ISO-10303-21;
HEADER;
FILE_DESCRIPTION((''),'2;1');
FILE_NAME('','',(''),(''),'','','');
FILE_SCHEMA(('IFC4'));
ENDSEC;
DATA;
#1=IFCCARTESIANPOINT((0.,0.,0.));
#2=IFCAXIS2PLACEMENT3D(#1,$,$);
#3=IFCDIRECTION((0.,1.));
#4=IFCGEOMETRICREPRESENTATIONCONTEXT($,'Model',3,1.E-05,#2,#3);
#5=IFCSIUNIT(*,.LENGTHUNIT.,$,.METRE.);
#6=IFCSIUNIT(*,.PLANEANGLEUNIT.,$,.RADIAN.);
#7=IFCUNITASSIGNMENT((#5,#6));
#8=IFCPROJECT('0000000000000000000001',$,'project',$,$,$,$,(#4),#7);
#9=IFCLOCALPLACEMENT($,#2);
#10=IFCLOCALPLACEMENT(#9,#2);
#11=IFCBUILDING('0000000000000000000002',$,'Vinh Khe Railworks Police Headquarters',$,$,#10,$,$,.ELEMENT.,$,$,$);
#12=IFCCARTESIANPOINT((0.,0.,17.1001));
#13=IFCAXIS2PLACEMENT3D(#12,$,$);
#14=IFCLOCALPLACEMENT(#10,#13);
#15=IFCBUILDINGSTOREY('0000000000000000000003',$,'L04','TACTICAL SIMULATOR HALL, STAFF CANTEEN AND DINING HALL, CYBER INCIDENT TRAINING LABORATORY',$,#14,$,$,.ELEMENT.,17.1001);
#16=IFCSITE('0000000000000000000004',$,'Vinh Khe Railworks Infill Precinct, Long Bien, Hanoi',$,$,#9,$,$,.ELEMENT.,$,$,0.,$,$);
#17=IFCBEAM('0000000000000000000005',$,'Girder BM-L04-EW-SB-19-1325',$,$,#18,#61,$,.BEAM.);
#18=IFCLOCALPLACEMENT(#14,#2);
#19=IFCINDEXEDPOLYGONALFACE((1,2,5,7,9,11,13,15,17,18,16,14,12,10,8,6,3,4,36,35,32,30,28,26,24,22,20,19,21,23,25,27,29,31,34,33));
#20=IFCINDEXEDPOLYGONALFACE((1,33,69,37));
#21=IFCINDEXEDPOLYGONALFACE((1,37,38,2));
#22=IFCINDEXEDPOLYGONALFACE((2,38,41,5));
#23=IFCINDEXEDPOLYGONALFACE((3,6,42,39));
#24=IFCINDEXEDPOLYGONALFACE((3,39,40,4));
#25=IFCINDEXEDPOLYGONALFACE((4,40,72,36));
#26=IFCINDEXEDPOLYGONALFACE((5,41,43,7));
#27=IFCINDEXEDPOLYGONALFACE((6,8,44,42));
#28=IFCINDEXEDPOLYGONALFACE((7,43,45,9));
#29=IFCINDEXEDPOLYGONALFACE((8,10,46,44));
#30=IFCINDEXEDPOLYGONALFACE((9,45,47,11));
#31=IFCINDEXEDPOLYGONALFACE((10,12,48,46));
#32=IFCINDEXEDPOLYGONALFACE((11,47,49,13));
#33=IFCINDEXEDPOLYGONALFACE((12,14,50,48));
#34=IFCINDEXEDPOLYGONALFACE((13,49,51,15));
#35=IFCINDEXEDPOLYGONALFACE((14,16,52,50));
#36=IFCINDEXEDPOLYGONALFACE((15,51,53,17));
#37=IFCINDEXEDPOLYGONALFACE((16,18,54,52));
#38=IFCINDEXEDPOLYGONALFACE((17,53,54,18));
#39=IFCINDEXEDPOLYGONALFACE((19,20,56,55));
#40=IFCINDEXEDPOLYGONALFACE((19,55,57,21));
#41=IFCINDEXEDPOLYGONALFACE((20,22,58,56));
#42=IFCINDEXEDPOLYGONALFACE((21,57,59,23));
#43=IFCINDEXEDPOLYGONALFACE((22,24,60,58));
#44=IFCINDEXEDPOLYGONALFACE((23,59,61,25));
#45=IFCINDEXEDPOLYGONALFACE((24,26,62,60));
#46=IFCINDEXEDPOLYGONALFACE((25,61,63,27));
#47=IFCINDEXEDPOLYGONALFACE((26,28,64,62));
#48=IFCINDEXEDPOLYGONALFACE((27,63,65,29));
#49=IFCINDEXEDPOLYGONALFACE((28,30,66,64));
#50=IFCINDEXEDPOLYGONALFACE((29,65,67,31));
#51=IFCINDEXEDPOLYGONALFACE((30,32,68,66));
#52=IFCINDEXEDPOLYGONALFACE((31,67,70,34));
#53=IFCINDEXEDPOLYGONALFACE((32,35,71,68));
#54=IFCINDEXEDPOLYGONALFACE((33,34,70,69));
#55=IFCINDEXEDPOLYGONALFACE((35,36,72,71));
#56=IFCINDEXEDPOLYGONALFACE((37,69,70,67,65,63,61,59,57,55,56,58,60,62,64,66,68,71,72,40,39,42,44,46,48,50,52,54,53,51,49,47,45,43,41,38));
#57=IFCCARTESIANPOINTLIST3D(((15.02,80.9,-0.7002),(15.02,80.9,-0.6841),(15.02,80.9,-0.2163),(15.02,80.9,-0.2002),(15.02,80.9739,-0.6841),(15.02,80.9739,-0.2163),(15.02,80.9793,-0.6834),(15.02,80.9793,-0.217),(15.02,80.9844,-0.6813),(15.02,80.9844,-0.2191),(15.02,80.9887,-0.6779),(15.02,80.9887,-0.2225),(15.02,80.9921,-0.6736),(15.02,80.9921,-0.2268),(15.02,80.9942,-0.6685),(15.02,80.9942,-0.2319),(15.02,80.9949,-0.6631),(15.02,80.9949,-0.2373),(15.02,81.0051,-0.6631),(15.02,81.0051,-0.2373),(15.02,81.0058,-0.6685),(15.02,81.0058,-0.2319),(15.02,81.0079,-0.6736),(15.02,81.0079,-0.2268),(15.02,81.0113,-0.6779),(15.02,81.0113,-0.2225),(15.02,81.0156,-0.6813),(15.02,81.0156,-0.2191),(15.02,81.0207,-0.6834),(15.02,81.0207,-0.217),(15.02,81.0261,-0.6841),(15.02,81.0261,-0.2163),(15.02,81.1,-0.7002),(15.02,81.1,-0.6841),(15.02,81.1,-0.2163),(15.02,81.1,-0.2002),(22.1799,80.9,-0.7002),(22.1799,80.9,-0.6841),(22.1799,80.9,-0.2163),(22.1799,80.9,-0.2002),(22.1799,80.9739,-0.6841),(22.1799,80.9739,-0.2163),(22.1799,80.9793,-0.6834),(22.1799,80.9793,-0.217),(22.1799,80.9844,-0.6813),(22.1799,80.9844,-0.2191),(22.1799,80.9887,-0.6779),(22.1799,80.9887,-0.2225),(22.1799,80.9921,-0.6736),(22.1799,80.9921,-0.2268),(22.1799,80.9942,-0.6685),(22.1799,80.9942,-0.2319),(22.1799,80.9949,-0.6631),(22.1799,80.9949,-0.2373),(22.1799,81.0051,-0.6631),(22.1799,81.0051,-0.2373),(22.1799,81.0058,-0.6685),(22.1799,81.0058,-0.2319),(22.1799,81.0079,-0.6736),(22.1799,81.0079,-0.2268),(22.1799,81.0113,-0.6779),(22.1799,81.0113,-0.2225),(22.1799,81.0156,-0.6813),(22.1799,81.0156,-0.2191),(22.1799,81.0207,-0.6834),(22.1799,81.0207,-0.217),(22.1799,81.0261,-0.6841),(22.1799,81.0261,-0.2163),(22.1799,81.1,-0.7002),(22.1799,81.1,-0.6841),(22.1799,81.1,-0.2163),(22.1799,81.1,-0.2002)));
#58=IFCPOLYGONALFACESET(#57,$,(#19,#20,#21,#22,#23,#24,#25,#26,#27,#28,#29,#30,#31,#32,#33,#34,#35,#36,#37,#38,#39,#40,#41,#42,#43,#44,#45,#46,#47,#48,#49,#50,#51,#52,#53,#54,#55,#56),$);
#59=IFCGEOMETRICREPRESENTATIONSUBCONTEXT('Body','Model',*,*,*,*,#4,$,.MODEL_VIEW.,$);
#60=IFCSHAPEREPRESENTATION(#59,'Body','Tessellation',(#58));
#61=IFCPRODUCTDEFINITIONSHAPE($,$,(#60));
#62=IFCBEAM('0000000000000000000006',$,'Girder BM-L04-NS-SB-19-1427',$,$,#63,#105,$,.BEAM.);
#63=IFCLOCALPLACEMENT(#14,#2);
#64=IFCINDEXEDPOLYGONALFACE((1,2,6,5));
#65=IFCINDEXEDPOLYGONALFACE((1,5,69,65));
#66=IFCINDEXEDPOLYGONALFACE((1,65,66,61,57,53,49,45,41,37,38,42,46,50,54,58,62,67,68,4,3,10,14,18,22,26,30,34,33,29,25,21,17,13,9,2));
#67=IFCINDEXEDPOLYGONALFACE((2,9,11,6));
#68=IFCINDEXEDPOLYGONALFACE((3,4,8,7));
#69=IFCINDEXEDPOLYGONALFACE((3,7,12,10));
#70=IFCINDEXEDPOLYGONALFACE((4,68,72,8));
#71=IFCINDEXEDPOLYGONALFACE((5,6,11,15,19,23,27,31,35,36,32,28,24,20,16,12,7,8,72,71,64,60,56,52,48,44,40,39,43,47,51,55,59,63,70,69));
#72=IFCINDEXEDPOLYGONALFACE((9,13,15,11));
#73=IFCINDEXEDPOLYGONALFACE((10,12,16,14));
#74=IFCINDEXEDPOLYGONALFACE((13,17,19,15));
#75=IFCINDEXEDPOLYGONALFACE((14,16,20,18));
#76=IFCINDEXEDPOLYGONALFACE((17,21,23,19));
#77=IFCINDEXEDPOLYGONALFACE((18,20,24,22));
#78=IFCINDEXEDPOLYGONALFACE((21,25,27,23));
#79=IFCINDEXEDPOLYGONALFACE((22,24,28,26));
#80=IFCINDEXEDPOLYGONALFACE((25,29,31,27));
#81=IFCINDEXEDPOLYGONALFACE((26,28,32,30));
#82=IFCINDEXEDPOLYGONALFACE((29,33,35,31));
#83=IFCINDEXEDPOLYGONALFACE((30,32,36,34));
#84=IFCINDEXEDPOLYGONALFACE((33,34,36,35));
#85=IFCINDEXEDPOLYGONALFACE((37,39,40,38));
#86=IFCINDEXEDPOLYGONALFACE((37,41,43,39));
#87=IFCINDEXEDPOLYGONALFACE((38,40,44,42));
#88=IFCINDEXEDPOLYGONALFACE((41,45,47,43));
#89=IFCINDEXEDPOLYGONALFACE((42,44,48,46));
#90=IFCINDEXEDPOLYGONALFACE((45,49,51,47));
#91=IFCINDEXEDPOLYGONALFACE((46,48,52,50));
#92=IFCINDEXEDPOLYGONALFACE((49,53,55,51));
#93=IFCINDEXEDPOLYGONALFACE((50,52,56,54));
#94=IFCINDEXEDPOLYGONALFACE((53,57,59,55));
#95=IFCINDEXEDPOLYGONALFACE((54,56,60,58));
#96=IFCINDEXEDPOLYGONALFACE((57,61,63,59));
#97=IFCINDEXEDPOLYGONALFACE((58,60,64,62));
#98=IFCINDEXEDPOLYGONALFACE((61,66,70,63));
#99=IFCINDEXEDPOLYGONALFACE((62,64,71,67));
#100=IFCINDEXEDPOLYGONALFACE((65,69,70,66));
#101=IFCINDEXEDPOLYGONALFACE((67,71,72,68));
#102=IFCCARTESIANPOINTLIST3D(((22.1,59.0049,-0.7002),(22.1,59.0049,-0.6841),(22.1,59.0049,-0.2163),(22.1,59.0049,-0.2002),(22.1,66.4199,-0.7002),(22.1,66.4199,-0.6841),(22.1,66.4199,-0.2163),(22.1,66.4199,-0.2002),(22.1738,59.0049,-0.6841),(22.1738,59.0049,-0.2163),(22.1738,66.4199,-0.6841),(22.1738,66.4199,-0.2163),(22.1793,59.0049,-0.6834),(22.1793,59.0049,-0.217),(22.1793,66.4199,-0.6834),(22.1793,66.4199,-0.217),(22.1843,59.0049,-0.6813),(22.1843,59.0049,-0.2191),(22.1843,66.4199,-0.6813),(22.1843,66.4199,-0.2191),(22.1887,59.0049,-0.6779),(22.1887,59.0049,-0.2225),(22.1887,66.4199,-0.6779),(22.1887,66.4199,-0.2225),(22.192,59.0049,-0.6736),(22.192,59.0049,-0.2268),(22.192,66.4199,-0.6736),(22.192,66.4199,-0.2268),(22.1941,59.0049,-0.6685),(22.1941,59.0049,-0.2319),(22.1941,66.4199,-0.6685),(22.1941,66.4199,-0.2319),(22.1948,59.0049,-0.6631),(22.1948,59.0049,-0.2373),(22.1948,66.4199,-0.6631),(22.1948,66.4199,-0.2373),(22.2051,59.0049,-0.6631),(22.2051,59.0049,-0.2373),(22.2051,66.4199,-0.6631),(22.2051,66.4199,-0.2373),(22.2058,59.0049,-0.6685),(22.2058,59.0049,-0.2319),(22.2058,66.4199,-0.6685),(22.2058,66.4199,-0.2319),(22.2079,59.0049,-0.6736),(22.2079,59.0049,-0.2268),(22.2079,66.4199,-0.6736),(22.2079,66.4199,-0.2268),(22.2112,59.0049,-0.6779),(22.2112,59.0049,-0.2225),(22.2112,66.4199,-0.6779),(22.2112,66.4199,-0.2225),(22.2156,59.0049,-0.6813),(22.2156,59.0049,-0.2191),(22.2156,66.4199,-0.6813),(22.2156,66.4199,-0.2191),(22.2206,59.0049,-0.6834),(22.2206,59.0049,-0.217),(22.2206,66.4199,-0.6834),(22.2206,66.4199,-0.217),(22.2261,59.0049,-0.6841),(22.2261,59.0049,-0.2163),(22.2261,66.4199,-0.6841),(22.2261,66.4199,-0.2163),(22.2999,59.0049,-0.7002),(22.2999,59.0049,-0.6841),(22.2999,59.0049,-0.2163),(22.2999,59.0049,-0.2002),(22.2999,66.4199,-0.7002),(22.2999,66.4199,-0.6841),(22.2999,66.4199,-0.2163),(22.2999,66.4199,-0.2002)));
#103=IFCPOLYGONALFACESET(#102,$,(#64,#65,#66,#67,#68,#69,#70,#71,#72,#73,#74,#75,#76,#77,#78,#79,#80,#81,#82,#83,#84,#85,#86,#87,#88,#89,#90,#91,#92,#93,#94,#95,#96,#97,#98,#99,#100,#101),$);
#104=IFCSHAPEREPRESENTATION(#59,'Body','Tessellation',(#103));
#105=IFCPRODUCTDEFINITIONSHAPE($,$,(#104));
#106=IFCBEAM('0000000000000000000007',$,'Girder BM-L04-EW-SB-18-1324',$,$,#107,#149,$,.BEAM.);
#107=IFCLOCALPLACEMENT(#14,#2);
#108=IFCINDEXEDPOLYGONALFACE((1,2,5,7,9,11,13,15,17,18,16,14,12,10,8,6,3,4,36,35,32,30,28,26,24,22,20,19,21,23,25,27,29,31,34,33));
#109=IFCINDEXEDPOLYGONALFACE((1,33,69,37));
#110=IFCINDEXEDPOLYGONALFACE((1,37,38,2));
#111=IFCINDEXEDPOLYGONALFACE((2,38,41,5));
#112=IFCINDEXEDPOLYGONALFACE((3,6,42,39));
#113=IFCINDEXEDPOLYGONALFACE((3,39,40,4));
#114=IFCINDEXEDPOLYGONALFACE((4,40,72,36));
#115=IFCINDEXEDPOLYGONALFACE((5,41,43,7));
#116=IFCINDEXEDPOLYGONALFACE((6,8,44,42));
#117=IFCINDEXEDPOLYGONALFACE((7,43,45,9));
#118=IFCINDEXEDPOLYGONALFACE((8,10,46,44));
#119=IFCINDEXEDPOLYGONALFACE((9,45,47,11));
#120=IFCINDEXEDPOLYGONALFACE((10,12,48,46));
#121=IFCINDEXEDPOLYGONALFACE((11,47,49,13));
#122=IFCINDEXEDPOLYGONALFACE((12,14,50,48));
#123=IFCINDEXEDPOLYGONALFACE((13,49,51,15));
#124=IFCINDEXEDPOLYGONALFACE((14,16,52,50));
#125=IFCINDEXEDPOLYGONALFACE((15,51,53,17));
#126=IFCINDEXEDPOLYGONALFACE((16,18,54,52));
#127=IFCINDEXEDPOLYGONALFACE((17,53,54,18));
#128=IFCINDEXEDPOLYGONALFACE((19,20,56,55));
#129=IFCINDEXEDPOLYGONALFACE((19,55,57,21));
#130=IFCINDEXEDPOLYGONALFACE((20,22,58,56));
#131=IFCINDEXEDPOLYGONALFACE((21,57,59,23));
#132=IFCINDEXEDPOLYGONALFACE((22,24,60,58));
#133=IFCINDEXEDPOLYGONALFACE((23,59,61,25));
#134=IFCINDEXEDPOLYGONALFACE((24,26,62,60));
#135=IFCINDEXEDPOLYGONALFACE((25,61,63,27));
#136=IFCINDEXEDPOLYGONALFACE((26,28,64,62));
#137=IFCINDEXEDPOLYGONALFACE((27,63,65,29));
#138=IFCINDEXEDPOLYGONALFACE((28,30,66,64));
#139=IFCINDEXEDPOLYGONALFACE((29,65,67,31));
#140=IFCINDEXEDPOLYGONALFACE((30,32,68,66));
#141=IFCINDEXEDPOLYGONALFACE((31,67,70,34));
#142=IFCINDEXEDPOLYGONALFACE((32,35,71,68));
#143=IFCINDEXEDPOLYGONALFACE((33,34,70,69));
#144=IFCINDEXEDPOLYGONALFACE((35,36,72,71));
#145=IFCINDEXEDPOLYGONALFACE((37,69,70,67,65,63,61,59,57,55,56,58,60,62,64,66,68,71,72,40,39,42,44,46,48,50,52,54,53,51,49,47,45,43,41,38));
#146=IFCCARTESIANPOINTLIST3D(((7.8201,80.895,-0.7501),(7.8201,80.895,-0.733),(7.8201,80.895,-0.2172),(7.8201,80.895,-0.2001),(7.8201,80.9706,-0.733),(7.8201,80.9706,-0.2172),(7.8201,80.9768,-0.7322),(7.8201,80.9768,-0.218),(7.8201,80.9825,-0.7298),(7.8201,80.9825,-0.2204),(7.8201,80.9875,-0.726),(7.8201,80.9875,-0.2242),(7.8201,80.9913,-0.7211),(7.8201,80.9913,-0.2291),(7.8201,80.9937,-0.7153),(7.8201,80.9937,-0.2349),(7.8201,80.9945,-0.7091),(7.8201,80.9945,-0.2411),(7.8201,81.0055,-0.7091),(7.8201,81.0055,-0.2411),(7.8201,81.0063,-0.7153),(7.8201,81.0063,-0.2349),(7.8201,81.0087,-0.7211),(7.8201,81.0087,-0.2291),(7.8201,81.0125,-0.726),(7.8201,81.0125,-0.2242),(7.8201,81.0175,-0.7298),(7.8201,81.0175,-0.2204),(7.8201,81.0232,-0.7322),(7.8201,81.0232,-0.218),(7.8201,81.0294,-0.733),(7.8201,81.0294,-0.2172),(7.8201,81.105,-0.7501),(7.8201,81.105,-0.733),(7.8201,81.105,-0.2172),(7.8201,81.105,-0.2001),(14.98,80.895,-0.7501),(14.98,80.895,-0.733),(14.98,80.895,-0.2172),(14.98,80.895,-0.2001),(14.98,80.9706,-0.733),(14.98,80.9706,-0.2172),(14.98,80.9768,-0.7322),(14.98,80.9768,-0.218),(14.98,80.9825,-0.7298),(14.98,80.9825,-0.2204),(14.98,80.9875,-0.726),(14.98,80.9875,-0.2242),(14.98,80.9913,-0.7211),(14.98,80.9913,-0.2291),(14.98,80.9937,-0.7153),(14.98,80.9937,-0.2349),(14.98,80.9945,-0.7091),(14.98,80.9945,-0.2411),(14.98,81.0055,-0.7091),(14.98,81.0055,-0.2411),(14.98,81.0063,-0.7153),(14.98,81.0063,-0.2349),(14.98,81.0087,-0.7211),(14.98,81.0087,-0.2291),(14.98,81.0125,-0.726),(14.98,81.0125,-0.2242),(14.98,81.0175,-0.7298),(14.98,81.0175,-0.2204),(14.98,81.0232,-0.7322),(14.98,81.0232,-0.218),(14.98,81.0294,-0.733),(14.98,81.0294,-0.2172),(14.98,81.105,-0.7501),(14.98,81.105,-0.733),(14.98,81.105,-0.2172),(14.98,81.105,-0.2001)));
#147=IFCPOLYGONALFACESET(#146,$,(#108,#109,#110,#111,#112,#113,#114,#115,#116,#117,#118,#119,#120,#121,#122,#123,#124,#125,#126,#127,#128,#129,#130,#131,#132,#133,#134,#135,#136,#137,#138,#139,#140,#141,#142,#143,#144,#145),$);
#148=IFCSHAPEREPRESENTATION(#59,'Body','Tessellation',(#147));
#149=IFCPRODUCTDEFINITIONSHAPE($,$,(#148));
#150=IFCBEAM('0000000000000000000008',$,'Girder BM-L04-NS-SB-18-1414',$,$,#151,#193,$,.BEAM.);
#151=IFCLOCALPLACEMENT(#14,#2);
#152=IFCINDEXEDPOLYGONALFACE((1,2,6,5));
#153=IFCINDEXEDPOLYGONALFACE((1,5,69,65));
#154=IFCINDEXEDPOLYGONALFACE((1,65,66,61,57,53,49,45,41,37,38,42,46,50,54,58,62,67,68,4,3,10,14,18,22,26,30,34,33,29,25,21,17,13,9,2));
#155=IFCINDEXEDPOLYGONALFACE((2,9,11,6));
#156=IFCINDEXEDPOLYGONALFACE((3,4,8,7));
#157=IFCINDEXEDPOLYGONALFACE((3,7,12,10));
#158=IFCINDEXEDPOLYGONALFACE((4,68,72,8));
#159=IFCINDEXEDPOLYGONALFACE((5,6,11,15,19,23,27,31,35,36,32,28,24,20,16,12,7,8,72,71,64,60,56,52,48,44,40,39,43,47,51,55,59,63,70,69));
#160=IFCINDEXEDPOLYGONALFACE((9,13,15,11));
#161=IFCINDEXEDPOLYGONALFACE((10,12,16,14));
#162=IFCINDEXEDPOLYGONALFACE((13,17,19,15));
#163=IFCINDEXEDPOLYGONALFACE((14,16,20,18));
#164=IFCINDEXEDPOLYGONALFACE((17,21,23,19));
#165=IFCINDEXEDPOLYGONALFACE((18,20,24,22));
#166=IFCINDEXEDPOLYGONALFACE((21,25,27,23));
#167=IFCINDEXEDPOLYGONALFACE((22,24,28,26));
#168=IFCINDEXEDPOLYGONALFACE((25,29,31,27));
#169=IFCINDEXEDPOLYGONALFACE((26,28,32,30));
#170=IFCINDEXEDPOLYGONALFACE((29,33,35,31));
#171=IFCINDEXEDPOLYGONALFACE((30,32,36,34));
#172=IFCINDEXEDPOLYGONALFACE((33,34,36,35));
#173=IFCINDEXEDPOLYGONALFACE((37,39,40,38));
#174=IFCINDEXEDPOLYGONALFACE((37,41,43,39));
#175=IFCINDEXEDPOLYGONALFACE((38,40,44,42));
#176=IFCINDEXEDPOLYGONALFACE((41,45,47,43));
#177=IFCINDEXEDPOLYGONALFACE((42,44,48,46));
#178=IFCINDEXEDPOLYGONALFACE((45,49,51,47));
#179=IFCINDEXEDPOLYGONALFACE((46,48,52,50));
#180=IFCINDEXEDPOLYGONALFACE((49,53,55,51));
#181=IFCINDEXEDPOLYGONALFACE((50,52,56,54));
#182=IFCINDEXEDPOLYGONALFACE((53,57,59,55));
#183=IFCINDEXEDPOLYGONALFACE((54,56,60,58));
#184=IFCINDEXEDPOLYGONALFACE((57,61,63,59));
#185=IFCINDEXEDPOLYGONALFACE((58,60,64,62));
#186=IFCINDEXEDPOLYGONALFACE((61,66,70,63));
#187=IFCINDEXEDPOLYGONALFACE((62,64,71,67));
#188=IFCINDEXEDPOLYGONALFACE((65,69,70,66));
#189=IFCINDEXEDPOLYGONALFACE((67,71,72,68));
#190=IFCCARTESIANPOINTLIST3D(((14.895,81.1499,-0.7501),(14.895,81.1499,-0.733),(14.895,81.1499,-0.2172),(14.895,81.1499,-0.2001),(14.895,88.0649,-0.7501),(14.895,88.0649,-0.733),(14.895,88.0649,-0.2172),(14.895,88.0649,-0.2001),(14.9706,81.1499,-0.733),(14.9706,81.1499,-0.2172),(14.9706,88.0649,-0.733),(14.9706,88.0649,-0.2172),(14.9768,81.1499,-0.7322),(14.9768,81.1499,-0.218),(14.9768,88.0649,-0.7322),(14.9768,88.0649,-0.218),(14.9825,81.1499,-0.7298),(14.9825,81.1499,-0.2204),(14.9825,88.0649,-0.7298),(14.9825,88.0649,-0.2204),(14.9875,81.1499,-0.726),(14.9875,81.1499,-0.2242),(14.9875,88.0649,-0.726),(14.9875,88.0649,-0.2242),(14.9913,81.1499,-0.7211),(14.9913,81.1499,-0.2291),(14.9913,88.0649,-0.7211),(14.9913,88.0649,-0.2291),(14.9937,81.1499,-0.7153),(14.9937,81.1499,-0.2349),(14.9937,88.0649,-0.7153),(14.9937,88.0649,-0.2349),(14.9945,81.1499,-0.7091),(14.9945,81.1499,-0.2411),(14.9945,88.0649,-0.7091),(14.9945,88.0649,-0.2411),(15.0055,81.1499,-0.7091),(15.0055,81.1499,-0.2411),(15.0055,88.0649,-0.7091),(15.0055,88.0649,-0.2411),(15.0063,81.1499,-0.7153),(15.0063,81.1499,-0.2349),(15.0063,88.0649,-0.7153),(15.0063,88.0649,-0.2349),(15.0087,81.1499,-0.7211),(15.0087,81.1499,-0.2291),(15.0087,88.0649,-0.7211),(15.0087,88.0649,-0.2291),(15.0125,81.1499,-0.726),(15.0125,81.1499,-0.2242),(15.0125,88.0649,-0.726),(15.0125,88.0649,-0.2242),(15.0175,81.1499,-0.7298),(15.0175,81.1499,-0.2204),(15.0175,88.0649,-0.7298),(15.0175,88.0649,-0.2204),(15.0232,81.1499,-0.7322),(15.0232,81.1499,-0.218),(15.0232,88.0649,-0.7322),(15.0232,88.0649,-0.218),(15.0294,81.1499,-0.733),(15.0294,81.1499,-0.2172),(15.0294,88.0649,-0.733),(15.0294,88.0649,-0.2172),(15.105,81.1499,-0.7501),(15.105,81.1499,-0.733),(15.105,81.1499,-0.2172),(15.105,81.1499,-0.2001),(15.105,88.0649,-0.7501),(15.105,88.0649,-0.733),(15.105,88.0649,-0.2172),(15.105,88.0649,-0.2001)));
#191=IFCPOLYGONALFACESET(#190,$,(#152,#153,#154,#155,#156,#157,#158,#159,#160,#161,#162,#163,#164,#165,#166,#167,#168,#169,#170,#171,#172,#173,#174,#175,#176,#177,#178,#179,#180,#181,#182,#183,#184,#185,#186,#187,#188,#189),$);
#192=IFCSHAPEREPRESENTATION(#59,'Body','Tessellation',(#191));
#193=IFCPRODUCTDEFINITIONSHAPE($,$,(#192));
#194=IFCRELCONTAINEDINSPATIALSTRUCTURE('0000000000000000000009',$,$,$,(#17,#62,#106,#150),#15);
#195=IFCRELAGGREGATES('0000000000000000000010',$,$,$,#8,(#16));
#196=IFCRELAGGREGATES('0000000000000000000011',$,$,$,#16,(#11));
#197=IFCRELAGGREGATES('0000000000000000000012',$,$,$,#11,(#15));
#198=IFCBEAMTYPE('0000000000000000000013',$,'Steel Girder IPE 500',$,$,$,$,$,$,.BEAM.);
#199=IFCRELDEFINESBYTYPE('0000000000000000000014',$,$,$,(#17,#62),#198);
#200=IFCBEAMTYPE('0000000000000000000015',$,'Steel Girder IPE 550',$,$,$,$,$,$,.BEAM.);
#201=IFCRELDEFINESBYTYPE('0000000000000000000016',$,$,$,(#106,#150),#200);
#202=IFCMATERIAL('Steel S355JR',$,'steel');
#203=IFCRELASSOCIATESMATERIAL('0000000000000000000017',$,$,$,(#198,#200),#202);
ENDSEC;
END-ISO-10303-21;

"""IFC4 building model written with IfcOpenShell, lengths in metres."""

from ifc_helpers import new_model, si_unit, direction, frame, origin, origin_2d, place, context, subcontext, project, spatial, i_section, extrude, material, material_profile, profile_set, type_object, element, save


model = new_model("IFC4")

# Units and contexts
model_context = context("Model", 3, precision=1e-05, world=origin(), true_north=direction((0.0, 1.0)))
body_context = subcontext(model_context, "Body", "Model", "MODEL_VIEW")
ifc_project = project(units=[si_unit("LENGTHUNIT", "METRE"), si_unit("PLANEANGLEUNIT", "RADIAN")], contexts=[model_context])

# Site, building, storey
site_placement = place(None, origin())
site = spatial("IfcSite", under=ifc_project, at=site_placement, Name="Vinh Khe Railworks Infill Precinct, Long Bien, Hanoi", CompositionType="ELEMENT", RefElevation=0.0)
building_placement = place(site_placement, origin())
building = spatial("IfcBuilding", under=site, at=building_placement, Name="Vinh Khe Railworks Police Headquarters", CompositionType="ELEMENT")
storey_placement = place(building_placement, frame((0.0, 0.0, 17.1001)))
storey = spatial("IfcBuildingStorey", under=building, at=storey_placement, Name="L04", Description="TACTICAL SIMULATOR HALL, STAFF CANTEEN AND DINING HALL, CYBER INCIDENT TRAINING LABORATORY", CompositionType="ELEMENT", Elevation=17.1001)

# Shared definitions
ifc_material_1 = material(Name="Steel S355JR", Category="steel")

# Beams
ifc_material_profile_1 = material_profile(ifc_material_1, i_section(OverallWidth=0.2, OverallDepth=0.5, WebThickness=0.0103, FlangeThickness=0.0161, FilletRadius=0.021, at=origin_2d()), Name="IPE 500")
ifc_profile_set_1 = profile_set([ifc_material_profile_1], Name="Steel S355JR")
beam_type_1 = type_object("IfcBeamType", Name="Steel Girder IPE 500", PredefinedType="BEAM", material=ifc_profile_set_1)
for number, where, z_axis, x_axis, name in (
    (1, (15.02, 81.0, -0.4502), (1.0, 0.0, 0.0), (0.0, 1.0, 0.0), "Girder BM-L04-EW-SB-19-1325"),
):
    element("IfcBeam", number, at=place(storey_placement, frame(where, z_axis=z_axis, x_axis=x_axis)), inside=storey, type_object=beam_type_1, Name=name, PredefinedType="BEAM", context=body_context, shape_type="SweptSolid", body=[
        extrude(i_section(OverallWidth=0.2, OverallDepth=0.5, WebThickness=0.0103, FlangeThickness=0.0161, FilletRadius=0.021, at=origin_2d()), origin(), (0.0, 0.0, 1.0), 7.1599),
    ])
beam_1_placement = place(storey_placement, frame((22.2, 59.0049, -0.4502), z_axis=(0.0, 1.0, 0.0), x_axis=(-1.0, 0.0, 0.0)))
element("IfcBeam", 2, at=beam_1_placement, inside=storey, type_object=beam_type_1, Name="Girder BM-L04-NS-SB-19-1427", PredefinedType="BEAM", context=body_context, shape_type="SweptSolid", body=[
    extrude(i_section(OverallWidth=0.2, OverallDepth=0.5, WebThickness=0.0103, FlangeThickness=0.0161, FilletRadius=0.021, at=origin_2d()), origin(), (0.0, 0.0, 1.0), 7.415),
])
ifc_material_profile_2 = material_profile(ifc_material_1, i_section(OverallWidth=0.21, OverallDepth=0.55, WebThickness=0.011, FlangeThickness=0.0171, FilletRadius=0.0239, at=origin_2d()), Name="IPE 550")
ifc_profile_set_2 = profile_set([ifc_material_profile_2], Name="Steel S355JR")
beam_type_2 = type_object("IfcBeamType", Name="Steel Girder IPE 550", PredefinedType="BEAM", material=ifc_profile_set_2)
beam_2_placement = place(storey_placement, frame((7.8201, 81.0, -0.4751), z_axis=(1.0, 0.0, 0.0), x_axis=(0.0, 1.0, 0.0)))
element("IfcBeam", 3, at=beam_2_placement, inside=storey, type_object=beam_type_2, Name="Girder BM-L04-EW-SB-18-1324", PredefinedType="BEAM", context=body_context, shape_type="SweptSolid", body=[
    extrude(i_section(OverallWidth=0.21, OverallDepth=0.55, WebThickness=0.011, FlangeThickness=0.0171, FilletRadius=0.0239, at=origin_2d()), origin(), (0.0, 0.0, 1.0), 7.1599),
])
beam_3_placement = place(storey_placement, frame((15.0, 81.1499, -0.4751), z_axis=(0.0, 1.0, 0.0), x_axis=(-1.0, 0.0, 0.0)))
element("IfcBeam", 4, at=beam_3_placement, inside=storey, type_object=beam_type_2, Name="Girder BM-L04-NS-SB-18-1414", PredefinedType="BEAM", context=body_context, shape_type="SweptSolid", body=[
    extrude(i_section(OverallWidth=0.21, OverallDepth=0.55, WebThickness=0.011, FlangeThickness=0.0171, FilletRadius=0.0239, at=origin_2d()), origin(), (0.0, 0.0, 1.0), 6.915),
])

save(model, "model.ifc")
